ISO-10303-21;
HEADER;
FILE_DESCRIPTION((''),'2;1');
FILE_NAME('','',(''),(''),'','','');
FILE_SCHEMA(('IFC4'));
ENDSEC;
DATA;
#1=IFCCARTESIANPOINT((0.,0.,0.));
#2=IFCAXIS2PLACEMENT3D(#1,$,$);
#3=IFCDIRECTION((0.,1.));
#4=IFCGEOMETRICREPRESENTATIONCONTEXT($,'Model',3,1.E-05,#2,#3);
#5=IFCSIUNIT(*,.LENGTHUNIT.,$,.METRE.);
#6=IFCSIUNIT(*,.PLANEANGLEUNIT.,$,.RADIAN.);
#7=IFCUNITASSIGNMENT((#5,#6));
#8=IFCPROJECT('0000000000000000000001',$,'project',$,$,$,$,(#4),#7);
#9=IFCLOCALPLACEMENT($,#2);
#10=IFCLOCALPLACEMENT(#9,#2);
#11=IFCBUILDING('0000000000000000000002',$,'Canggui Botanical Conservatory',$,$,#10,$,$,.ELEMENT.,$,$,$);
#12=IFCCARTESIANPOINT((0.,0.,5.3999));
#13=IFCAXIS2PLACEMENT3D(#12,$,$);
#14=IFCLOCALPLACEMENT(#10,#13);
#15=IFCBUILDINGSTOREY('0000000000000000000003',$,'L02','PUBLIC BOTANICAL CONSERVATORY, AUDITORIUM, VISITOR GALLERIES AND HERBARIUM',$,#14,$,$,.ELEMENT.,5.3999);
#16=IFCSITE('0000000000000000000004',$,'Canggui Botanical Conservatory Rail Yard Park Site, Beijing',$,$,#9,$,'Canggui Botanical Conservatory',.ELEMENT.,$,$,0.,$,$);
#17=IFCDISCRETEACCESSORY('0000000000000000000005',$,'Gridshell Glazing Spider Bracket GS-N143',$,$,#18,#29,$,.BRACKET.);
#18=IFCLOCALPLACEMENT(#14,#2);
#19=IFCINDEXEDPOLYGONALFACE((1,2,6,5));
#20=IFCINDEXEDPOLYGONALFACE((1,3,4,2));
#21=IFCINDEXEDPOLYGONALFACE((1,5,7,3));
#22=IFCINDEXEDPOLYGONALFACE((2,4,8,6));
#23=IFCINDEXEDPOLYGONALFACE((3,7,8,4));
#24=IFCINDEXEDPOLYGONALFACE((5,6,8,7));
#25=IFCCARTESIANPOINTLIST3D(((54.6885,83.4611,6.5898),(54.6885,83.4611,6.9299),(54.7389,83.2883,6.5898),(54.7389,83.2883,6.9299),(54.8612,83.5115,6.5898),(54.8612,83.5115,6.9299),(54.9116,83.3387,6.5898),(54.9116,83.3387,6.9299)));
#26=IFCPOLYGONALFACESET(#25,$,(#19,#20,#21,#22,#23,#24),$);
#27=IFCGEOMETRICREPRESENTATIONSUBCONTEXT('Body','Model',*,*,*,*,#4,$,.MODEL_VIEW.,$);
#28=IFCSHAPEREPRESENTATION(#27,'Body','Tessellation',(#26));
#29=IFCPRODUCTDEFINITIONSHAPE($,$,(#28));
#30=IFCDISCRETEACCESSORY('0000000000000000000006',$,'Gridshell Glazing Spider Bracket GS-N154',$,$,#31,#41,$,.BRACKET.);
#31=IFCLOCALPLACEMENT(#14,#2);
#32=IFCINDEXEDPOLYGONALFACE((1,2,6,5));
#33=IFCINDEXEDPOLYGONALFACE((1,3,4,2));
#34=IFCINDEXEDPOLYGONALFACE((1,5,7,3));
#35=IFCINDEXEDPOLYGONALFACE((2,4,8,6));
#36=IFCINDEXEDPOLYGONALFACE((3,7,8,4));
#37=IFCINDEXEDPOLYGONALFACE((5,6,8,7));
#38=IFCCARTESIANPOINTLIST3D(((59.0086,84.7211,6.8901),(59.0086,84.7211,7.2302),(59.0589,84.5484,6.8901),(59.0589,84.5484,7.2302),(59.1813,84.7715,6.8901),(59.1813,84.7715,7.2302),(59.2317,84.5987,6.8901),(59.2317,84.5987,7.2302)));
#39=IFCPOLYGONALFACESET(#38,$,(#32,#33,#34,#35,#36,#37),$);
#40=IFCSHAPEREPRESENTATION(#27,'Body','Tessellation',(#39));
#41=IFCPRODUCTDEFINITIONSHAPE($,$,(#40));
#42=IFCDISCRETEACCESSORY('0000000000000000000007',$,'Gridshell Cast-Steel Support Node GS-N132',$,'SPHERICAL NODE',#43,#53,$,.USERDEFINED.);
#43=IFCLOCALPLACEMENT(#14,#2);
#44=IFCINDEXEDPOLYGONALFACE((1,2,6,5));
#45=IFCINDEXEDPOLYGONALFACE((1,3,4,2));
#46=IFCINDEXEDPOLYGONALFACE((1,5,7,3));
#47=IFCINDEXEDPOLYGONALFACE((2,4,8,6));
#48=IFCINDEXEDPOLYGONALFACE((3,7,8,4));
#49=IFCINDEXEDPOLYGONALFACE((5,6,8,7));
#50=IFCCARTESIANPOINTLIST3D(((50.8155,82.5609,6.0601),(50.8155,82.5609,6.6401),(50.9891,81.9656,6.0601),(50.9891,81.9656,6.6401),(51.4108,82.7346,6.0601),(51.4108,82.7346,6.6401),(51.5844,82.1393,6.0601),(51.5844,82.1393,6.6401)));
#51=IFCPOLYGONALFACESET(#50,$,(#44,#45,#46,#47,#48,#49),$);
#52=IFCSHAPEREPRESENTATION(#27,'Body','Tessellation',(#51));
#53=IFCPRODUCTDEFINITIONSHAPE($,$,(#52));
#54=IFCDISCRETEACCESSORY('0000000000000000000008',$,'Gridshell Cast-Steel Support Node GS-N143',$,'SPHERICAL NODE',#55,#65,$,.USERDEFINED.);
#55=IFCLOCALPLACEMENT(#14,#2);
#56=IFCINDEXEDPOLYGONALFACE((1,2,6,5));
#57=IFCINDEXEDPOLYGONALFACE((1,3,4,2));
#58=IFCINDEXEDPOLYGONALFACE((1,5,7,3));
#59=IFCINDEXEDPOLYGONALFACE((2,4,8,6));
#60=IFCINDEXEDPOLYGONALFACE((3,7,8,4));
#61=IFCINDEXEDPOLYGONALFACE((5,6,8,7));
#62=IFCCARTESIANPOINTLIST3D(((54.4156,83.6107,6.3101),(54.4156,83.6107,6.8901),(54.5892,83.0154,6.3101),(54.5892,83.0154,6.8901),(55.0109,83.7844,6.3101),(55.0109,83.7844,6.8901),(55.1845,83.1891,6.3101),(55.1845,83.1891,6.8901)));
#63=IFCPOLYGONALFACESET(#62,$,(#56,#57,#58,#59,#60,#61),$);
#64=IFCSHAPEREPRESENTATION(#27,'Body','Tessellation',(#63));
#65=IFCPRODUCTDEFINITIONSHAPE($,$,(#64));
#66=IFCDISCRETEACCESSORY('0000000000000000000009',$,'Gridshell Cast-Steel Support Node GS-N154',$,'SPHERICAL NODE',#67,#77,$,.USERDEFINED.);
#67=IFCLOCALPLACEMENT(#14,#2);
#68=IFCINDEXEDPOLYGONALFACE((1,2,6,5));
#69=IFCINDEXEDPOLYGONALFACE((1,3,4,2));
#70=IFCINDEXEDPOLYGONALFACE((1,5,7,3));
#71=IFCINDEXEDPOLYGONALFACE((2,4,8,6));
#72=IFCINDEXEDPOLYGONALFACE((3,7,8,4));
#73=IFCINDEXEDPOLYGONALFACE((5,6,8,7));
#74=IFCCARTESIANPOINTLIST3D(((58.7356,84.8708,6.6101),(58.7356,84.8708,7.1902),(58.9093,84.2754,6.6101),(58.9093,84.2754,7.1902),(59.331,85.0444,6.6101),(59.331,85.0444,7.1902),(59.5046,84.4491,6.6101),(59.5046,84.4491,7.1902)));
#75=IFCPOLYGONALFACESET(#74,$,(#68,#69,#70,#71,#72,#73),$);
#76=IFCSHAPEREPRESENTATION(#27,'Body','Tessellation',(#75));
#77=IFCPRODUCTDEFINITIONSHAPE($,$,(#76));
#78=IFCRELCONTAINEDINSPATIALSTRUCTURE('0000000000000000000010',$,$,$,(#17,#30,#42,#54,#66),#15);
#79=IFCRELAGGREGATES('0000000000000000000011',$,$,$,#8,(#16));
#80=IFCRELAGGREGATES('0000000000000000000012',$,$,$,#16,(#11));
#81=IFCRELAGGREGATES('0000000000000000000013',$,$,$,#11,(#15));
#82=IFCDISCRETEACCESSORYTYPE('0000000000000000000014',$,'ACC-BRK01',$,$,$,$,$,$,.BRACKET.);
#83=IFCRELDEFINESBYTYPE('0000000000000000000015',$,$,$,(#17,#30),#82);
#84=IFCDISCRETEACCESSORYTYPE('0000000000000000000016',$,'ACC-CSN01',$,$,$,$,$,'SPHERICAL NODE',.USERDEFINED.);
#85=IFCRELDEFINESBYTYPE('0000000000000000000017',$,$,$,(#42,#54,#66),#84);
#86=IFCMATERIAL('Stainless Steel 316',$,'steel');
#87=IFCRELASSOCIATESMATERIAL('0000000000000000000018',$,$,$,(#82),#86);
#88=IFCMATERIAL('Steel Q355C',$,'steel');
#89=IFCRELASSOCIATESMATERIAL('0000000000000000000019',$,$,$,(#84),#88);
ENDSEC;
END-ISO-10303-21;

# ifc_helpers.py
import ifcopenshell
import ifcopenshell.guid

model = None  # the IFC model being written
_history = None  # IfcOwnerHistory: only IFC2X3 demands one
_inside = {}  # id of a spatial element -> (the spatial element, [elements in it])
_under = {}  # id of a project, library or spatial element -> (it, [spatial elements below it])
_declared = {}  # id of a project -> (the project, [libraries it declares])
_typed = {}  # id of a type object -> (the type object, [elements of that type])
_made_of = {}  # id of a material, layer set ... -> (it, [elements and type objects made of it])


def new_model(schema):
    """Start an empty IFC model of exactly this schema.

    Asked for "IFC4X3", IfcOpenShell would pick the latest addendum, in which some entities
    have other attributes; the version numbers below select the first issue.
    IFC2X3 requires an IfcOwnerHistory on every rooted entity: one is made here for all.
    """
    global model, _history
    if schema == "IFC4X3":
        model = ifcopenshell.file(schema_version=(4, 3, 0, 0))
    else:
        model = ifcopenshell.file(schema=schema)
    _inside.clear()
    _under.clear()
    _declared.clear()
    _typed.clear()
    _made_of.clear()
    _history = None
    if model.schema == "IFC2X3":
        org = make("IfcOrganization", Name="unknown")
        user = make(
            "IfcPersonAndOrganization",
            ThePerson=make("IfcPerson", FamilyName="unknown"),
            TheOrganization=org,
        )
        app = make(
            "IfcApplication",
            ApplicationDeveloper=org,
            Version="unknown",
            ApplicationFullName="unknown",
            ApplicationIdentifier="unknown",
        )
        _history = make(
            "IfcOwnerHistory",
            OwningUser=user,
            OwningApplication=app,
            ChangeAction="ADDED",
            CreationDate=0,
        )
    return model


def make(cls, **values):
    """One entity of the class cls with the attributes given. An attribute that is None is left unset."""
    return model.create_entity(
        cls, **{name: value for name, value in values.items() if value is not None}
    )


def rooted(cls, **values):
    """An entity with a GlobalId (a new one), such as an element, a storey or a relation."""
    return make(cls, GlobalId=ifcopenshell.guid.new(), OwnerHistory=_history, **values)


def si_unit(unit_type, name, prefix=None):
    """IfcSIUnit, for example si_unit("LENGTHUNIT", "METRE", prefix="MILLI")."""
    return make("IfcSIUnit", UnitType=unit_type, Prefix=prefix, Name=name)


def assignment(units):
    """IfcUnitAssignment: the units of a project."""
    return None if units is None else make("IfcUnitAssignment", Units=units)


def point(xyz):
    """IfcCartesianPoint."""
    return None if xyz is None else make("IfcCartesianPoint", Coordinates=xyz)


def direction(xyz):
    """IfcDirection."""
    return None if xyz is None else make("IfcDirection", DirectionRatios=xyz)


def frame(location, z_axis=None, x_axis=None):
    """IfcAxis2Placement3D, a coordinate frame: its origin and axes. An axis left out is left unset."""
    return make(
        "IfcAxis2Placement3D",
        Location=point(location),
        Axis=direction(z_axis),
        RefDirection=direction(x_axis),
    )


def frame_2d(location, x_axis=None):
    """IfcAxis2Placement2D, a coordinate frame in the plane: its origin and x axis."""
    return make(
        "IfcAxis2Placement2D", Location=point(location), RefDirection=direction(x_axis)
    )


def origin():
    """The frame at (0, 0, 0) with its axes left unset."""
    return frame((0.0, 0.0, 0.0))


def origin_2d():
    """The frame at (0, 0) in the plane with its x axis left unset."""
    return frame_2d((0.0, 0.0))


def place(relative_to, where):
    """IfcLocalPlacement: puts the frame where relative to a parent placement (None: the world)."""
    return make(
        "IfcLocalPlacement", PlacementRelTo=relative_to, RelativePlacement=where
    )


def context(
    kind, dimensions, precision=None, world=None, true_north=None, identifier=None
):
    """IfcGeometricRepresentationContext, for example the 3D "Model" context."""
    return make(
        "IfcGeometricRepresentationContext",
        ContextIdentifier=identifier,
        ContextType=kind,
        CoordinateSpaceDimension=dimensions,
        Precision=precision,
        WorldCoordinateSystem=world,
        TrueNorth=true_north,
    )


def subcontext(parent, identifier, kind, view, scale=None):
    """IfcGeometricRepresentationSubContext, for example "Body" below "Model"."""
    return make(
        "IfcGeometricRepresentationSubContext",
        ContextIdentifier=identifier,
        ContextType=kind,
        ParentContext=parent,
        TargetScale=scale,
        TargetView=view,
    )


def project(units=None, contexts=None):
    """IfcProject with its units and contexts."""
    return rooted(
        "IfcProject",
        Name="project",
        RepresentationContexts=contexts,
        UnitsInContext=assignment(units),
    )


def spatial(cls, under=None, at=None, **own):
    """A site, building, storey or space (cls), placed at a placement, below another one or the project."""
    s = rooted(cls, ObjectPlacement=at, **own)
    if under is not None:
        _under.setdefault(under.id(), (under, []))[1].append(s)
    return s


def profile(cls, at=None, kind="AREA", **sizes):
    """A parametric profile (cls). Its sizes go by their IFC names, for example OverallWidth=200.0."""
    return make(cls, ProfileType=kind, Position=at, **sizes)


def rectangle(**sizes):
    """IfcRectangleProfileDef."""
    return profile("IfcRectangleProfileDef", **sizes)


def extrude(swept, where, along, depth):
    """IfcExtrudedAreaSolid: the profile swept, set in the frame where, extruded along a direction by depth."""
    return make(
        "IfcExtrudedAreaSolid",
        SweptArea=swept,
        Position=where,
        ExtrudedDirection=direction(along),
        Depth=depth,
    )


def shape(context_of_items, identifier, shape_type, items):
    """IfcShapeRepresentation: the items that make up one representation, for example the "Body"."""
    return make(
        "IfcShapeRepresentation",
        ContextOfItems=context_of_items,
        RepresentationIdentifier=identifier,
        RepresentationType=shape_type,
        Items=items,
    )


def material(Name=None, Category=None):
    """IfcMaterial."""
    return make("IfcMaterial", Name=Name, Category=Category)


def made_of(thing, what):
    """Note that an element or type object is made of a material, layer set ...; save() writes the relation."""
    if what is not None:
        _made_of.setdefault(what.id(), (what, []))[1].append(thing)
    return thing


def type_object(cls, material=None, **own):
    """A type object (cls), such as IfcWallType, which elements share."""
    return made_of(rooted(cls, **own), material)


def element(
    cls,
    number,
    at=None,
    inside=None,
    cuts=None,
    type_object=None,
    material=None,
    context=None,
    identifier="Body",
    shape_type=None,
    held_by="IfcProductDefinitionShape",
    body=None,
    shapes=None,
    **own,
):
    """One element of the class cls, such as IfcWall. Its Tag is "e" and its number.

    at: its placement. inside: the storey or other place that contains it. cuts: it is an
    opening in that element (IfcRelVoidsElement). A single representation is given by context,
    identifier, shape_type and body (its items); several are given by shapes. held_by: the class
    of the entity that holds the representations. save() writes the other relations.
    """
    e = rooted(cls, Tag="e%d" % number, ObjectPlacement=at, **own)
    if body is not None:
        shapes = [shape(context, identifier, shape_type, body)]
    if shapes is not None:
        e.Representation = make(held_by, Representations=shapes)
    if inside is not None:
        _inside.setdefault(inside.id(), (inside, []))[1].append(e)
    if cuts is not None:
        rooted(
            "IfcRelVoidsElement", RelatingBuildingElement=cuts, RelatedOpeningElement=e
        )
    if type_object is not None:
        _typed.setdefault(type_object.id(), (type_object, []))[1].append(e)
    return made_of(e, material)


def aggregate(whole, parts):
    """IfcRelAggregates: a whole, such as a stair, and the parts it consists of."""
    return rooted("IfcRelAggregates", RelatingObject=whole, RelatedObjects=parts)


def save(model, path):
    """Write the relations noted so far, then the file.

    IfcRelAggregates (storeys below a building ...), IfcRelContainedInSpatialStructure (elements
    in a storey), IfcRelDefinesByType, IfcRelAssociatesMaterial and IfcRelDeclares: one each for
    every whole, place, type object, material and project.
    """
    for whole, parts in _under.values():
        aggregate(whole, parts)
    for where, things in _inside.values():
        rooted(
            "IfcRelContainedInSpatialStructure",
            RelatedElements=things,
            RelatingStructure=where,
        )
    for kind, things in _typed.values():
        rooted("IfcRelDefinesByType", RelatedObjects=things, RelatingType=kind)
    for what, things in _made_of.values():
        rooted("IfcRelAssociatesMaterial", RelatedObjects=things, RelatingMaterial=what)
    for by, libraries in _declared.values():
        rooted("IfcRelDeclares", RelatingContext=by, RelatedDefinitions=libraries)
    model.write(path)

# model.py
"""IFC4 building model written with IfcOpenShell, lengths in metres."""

from ifc_helpers import new_model, si_unit, direction, frame, origin, origin_2d, place, context, subcontext, project, spatial, rectangle, extrude, material, type_object, element, save


model = new_model("IFC4")

# Units and contexts
model_context = context("Model", 3, precision=1e-05, world=origin(), true_north=direction((0.0, 1.0)))
body_context = subcontext(model_context, "Body", "Model", "MODEL_VIEW")
ifc_project = project(units=[si_unit("LENGTHUNIT", "METRE"), si_unit("PLANEANGLEUNIT", "RADIAN")], contexts=[model_context])

# Site, building, storey
site_placement = place(None, origin())
site = spatial("IfcSite", under=ifc_project, at=site_placement, Name="Canggui Botanical Conservatory Rail Yard Park Site, Beijing", LongName="Canggui Botanical Conservatory", CompositionType="ELEMENT", RefElevation=0.0)
building_placement = place(site_placement, origin())
building = spatial("IfcBuilding", under=site, at=building_placement, Name="Canggui Botanical Conservatory", CompositionType="ELEMENT")
storey_placement = place(building_placement, frame((0.0, 0.0, 5.3999)))
storey = spatial("IfcBuildingStorey", under=building, at=storey_placement, Name="L02", Description="PUBLIC BOTANICAL CONSERVATORY, AUDITORIUM, VISITOR GALLERIES AND HERBARIUM", CompositionType="ELEMENT", Elevation=5.3999)

# Shared definitions
ifc_material_1 = material(Name="Steel Q355C", Category="steel")

# Discrete accessories
ifc_material_2 = material(Name="Stainless Steel 316", Category="steel")
discrete_accessory_type_1 = type_object("IfcDiscreteAccessoryType", Name="ACC-BRK01", PredefinedType="BRACKET", material=ifc_material_2)
for number, where, z_axis, x_axis, name in (
    (1, (54.8, 83.3999, 6.5898), (0.0, 0.0, 1.0), (0.96, 0.28, 0.0), "Gridshell Glazing Spider Bracket GS-N143"),
    (2, (59.1201, 84.6599, 6.8901), (0.0, 0.0, 1.0), (0.96, 0.28, 0.0), "Gridshell Glazing Spider Bracket GS-N154"),
):
    element("IfcDiscreteAccessory", number, at=place(storey_placement, frame(where, z_axis=z_axis, x_axis=x_axis)), inside=storey, type_object=discrete_accessory_type_1, Name=name, PredefinedType="BRACKET", context=body_context, shape_type="SweptSolid", body=[
        extrude(rectangle(XDim=0.1799, YDim=0.1799, at=origin_2d()), origin(), (0.0, 0.0, 1.0), 0.3401),
    ])
discrete_accessory_type_2 = type_object("IfcDiscreteAccessoryType", Name="ACC-CSN01", ElementType="SPHERICAL NODE", PredefinedType="USERDEFINED", material=ifc_material_1)
for number, where, z_axis, x_axis, name in (
    (3, (51.2, 82.3501, 6.0601), (0.0, 0.0, 1.0), (0.96, 0.28, 0.0), "Gridshell Cast-Steel Support Node GS-N132"),
    (4, (54.8, 83.3999, 6.3101), (0.0, 0.0, 1.0), (0.96, 0.28, 0.0), "Gridshell Cast-Steel Support Node GS-N143"),
    (5, (59.1201, 84.6599, 6.6101), (0.0, 0.0, 1.0), (0.96, 0.28, 0.0), "Gridshell Cast-Steel Support Node GS-N154"),
):
    element("IfcDiscreteAccessory", number, at=place(storey_placement, frame(where, z_axis=z_axis, x_axis=x_axis)), inside=storey, type_object=discrete_accessory_type_2, Name=name, ObjectType="SPHERICAL NODE", PredefinedType="USERDEFINED", context=body_context, shape_type="SweptSolid", body=[
        extrude(rectangle(XDim=0.6201, YDim=0.6201, at=origin_2d()), origin(), (0.0, 0.0, 1.0), 0.5801),
    ])

save(model, "model.ifc")
